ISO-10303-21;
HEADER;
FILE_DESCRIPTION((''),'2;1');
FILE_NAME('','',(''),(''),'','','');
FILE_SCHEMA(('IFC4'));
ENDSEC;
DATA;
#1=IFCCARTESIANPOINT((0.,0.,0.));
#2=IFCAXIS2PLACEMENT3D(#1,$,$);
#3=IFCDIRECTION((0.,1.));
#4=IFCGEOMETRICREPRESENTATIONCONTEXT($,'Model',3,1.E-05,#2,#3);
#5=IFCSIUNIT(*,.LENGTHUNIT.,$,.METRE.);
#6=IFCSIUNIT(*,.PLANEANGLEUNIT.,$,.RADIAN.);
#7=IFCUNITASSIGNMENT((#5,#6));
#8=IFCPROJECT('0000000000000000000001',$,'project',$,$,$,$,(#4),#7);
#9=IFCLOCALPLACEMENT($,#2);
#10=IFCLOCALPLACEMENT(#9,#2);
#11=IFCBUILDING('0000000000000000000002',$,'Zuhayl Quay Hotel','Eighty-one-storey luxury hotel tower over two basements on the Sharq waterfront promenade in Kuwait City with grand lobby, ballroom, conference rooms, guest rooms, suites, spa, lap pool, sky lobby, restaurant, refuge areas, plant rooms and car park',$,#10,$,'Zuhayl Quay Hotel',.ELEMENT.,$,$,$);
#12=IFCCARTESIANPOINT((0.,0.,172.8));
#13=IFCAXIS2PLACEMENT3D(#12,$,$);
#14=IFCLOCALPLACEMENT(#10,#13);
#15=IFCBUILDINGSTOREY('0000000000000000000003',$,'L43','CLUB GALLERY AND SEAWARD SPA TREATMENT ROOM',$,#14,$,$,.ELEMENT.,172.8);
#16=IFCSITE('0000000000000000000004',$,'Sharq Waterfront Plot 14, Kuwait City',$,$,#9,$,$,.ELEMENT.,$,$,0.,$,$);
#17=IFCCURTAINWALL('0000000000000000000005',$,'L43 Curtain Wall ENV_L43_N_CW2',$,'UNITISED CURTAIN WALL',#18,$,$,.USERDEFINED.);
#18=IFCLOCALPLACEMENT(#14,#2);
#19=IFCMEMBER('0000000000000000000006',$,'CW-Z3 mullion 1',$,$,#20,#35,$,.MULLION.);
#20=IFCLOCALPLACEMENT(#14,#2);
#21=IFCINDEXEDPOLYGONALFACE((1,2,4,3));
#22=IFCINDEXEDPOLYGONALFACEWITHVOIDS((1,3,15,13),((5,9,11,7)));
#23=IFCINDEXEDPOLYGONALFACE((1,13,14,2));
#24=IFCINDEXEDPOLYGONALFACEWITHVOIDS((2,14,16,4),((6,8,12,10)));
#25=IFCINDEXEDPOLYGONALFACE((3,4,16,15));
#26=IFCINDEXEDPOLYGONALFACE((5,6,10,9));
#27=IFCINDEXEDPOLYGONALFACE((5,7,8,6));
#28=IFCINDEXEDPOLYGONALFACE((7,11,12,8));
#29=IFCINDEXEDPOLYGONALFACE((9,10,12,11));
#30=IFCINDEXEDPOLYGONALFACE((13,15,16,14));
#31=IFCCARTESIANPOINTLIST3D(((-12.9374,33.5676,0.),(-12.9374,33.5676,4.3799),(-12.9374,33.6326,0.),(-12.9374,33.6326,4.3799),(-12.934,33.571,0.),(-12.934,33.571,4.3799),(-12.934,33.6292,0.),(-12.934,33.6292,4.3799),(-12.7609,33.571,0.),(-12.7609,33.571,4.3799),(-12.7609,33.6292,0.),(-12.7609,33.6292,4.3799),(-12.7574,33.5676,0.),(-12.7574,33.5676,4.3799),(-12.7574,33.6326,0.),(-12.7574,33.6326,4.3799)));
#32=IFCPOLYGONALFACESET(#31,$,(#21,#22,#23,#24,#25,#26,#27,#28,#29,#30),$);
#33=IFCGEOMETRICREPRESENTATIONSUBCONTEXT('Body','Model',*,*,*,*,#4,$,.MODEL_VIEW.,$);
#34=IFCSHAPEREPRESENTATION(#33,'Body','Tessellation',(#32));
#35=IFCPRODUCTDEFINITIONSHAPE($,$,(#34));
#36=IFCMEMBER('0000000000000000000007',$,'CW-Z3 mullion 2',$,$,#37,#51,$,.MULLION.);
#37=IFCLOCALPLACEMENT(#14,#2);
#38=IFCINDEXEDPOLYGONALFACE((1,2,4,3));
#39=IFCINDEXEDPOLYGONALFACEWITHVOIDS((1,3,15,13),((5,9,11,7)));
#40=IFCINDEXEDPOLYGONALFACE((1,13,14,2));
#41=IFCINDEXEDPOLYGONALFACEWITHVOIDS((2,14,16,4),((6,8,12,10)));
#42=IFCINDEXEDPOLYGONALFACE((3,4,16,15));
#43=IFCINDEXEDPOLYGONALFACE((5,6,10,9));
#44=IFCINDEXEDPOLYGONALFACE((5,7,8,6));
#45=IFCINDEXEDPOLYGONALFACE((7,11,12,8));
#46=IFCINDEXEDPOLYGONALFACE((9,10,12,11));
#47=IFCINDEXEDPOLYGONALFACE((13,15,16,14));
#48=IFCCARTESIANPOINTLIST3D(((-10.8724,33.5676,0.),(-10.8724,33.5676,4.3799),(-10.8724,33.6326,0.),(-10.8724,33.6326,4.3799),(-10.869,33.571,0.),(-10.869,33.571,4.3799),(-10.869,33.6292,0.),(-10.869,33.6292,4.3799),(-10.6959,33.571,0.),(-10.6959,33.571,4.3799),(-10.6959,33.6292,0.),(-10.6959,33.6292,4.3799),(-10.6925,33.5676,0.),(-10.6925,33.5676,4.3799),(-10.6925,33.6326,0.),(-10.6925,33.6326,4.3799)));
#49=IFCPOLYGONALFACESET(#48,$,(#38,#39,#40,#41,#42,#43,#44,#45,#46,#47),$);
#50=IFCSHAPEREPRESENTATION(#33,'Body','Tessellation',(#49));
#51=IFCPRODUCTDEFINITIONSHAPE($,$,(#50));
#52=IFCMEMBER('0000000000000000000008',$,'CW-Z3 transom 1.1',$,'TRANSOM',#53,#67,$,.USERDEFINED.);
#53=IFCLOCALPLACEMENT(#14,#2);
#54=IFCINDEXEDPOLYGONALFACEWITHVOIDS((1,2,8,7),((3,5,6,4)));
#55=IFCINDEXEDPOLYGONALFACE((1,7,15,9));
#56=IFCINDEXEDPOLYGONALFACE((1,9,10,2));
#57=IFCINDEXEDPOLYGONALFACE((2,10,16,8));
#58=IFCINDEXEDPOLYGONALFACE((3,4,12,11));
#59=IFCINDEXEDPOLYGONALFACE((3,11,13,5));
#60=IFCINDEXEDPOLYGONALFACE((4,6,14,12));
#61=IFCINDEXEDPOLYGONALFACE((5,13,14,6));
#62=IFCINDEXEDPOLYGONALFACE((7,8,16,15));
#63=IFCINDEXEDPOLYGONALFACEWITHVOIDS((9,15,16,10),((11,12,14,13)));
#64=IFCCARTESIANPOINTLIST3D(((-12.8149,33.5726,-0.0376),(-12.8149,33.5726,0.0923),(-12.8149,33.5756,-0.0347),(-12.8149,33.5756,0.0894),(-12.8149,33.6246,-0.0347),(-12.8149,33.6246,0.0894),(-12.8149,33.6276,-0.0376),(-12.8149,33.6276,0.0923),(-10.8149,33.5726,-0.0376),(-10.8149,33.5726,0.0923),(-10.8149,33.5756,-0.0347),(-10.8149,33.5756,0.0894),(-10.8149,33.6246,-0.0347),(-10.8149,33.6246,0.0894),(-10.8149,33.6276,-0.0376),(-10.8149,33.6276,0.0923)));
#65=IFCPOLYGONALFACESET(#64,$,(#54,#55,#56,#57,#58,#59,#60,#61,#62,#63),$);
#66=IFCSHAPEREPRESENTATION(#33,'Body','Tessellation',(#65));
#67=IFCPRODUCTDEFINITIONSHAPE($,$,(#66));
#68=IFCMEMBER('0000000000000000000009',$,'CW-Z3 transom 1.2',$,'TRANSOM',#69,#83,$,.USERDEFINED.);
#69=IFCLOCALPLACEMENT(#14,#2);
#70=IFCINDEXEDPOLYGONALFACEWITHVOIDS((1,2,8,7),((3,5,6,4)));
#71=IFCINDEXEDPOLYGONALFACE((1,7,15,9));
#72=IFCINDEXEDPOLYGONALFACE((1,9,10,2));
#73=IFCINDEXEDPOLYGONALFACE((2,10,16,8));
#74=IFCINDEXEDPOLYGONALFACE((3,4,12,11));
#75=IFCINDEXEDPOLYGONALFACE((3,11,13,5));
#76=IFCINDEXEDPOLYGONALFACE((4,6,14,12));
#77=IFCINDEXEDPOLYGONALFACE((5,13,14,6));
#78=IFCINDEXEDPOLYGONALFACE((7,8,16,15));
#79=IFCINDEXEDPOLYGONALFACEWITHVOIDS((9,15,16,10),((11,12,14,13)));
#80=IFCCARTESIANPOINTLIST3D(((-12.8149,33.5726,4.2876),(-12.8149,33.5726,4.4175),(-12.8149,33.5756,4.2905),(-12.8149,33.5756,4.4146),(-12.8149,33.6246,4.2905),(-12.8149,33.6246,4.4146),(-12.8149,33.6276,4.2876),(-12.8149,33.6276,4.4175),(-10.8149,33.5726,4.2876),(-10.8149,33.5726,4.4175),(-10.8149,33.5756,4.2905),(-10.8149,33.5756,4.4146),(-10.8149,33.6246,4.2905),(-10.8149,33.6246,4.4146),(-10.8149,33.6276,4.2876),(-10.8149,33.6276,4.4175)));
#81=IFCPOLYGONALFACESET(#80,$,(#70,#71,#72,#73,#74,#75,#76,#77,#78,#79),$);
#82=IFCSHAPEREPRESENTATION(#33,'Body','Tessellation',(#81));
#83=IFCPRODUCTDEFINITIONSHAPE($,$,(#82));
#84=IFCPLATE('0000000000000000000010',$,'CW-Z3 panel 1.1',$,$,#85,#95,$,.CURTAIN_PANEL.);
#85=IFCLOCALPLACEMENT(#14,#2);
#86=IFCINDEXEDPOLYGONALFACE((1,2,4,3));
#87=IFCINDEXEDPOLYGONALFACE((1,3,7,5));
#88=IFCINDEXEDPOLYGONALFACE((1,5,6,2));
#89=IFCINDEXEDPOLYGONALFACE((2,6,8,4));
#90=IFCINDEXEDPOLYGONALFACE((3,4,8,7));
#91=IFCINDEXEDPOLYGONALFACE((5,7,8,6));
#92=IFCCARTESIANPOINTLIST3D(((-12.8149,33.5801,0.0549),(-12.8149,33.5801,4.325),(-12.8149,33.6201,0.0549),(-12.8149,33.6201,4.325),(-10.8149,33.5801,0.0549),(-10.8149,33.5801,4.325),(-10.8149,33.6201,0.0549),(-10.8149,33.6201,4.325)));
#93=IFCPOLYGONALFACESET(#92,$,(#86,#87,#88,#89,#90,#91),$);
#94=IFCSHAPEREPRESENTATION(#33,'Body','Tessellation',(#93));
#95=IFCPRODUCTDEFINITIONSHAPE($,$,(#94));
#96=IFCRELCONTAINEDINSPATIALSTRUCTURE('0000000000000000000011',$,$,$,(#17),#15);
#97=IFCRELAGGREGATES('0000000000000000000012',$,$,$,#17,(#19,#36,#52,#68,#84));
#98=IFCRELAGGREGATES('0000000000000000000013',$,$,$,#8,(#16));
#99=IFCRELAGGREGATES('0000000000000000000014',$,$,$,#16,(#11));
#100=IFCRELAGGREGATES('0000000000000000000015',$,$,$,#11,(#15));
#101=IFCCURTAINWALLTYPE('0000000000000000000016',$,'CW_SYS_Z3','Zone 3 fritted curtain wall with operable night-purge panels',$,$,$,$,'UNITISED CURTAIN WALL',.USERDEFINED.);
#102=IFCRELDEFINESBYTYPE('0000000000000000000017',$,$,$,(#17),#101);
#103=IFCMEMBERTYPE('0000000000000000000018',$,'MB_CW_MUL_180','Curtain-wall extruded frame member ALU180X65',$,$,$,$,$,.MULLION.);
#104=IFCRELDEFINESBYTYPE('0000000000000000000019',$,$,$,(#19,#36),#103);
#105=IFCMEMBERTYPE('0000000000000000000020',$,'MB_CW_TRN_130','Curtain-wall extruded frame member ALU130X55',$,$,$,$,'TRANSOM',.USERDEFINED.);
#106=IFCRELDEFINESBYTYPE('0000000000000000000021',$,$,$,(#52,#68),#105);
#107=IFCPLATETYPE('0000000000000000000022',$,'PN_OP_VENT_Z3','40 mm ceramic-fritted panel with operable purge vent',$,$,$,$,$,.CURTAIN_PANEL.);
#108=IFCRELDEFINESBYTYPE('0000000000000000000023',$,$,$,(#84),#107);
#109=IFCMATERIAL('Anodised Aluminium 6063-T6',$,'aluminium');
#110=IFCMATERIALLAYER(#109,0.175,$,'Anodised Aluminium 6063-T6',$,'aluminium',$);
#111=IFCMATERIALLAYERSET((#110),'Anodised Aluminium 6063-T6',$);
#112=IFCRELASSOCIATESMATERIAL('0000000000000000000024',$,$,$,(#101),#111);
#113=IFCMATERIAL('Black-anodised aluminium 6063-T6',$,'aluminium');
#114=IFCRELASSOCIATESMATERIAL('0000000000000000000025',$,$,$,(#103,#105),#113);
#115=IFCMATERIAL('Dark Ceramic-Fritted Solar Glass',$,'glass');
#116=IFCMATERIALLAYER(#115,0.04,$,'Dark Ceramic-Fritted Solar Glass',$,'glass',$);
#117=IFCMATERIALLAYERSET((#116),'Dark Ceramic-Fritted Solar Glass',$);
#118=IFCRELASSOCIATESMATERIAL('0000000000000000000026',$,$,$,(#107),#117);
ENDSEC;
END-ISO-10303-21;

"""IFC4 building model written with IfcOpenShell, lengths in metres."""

from ifc_helpers import new_model, si_unit, direction, frame, origin, origin_2d, place, context, subcontext, project, spatial, rectangle, hollow_rectangle, extrude, material, layer, layer_set, material_profile, profile_set, type_object, element, aggregate, save


model = new_model("IFC4")

# Units and contexts
model_context = context("Model", 3, precision=1e-05, world=origin(), true_north=direction((0.0, 1.0)))
body_context = subcontext(model_context, "Body", "Model", "MODEL_VIEW")
ifc_project = project(units=[si_unit("LENGTHUNIT", "METRE"), si_unit("PLANEANGLEUNIT", "RADIAN")], contexts=[model_context])

# Site, building, storey
site_placement = place(None, origin())
site = spatial("IfcSite", under=ifc_project, at=site_placement, Name="Sharq Waterfront Plot 14, Kuwait City", CompositionType="ELEMENT", RefElevation=0.0)
building_placement = place(site_placement, origin())
building = spatial("IfcBuilding", under=site, at=building_placement, Name="Zuhayl Quay Hotel", Description="Eighty-one-storey luxury hotel tower over two basements on the Sharq waterfront promenade in Kuwait City with grand lobby, ballroom, conference rooms, guest rooms, suites, spa, lap pool, sky lobby, restaurant, refuge areas, plant rooms and car park", LongName="Zuhayl Quay Hotel", CompositionType="ELEMENT")
storey_placement = place(building_placement, frame((0.0, 0.0, 172.8)))
storey = spatial("IfcBuildingStorey", under=building, at=storey_placement, Name="L43", Description="CLUB GALLERY AND SEAWARD SPA TREATMENT ROOM", CompositionType="ELEMENT", Elevation=172.8)

# Curtain wall, members, plate
ifc_material_1 = material(Name="Anodised Aluminium 6063-T6", Category="aluminium")
ifc_layer_1 = layer(ifc_material_1, 0.175, Name="Anodised Aluminium 6063-T6", Category="aluminium")
ifc_layer_set_1 = layer_set([ifc_layer_1], Name="Anodised Aluminium 6063-T6")
curtain_wall_type = type_object("IfcCurtainWallType", Name="CW_SYS_Z3", Description="Zone 3 fritted curtain wall with operable night-purge panels", ElementType="UNITISED CURTAIN WALL", PredefinedType="USERDEFINED", material=ifc_layer_set_1)
curtain_wall_placement = place(storey_placement, origin())
curtain_wall = element("IfcCurtainWall", 1, at=curtain_wall_placement, inside=storey, type_object=curtain_wall_type, Name="L43 Curtain Wall ENV_L43_N_CW2", ObjectType="UNITISED CURTAIN WALL", PredefinedType="USERDEFINED")
ifc_material_2 = material(Name="Black-anodised aluminium 6063-T6", Category="aluminium")
ifc_material_profile_1 = material_profile(ifc_material_2, hollow_rectangle(XDim=0.0649, YDim=0.1799, WallThickness=0.0034, at=origin_2d()), Name="ALU180X65")
ifc_profile_set_1 = profile_set([ifc_material_profile_1], Name="Black-anodised aluminium 6063-T6")
member_type_1 = type_object("IfcMemberType", Name="MB_CW_MUL_180", Description="Curtain-wall extruded frame member ALU180X65", PredefinedType="MULLION", material=ifc_profile_set_1)
member_1_placement = place(storey_placement, frame((-12.8474, 33.6001, 0.0), z_axis=(0.0, 0.0, 1.0), x_axis=(0.0, 1.0, 0.0)))
member_1 = element("IfcMember", 2, at=member_1_placement, type_object=member_type_1, Name="CW-Z3 mullion 1", PredefinedType="MULLION", context=body_context, shape_type="SweptSolid", body=[
    extrude(hollow_rectangle(XDim=0.0649, YDim=0.1799, WallThickness=0.0034, at=origin_2d()), origin(), (0.0, 0.0, 1.0), 4.3799),
])
member_2_placement = place(storey_placement, frame((-10.7825, 33.6001, 0.0), z_axis=(0.0, 0.0, 1.0), x_axis=(0.0, 1.0, 0.0)))
member_2 = element("IfcMember", 3, at=member_2_placement, type_object=member_type_1, Name="CW-Z3 mullion 2", PredefinedType="MULLION", context=body_context, shape_type="SweptSolid", body=[
    extrude(hollow_rectangle(XDim=0.0649, YDim=0.1799, WallThickness=0.0034, at=origin_2d()), origin(), (0.0, 0.0, 1.0), 4.3799),
])
ifc_material_profile_2 = material_profile(ifc_material_2, hollow_rectangle(XDim=0.0549, YDim=0.1299, WallThickness=0.0029, at=origin_2d()), Name="ALU130X55")
ifc_profile_set_2 = profile_set([ifc_material_profile_2], Name="Black-anodised aluminium 6063-T6")
member_type_2 = type_object("IfcMemberType", Name="MB_CW_TRN_130", Description="Curtain-wall extruded frame member ALU130X55", ElementType="TRANSOM", PredefinedType="USERDEFINED", material=ifc_profile_set_2)
member_3_placement = place(storey_placement, frame((-12.8149, 33.6001, 0.0273), z_axis=(1.0, 0.0, 0.0), x_axis=(0.0, 1.0, 0.0)))
member_3 = element("IfcMember", 4, at=member_3_placement, type_object=member_type_2, Name="CW-Z3 transom 1.1", ObjectType="TRANSOM", PredefinedType="USERDEFINED", context=body_context, shape_type="SweptSolid", body=[
    extrude(hollow_rectangle(XDim=0.0549, YDim=0.1299, WallThickness=0.0029, at=origin_2d()), origin(), (0.0, 0.0, 1.0), 2.0),
])
member_4_placement = place(storey_placement, frame((-12.8149, 33.6001, 4.3525), z_axis=(1.0, 0.0, 0.0), x_axis=(0.0, 1.0, 0.0)))
member_4 = element("IfcMember", 5, at=member_4_placement, type_object=member_type_2, Name="CW-Z3 transom 1.2", ObjectType="TRANSOM", PredefinedType="USERDEFINED", context=body_context, shape_type="SweptSolid", body=[
    extrude(hollow_rectangle(XDim=0.0549, YDim=0.1299, WallThickness=0.0029, at=origin_2d()), origin(), (0.0, 0.0, 1.0), 2.0),
])
ifc_material_3 = material(Name="Dark Ceramic-Fritted Solar Glass", Category="glass")
ifc_layer_2 = layer(ifc_material_3, 0.04, Name="Dark Ceramic-Fritted Solar Glass", Category="glass")
ifc_layer_set_2 = layer_set([ifc_layer_2], Name="Dark Ceramic-Fritted Solar Glass")
plate_type = type_object("IfcPlateType", Name="PN_OP_VENT_Z3", Description="40 mm ceramic-fritted panel with operable purge vent", PredefinedType="CURTAIN_PANEL", material=ifc_layer_set_2)
plate_placement = place(storey_placement, frame((-11.8149, 33.6001, 0.0549), z_axis=(0.0, 0.0, 1.0), x_axis=(1.0, 0.0, 0.0)))
plate = element("IfcPlate", 6, at=plate_placement, type_object=plate_type, Name="CW-Z3 panel 1.1", PredefinedType="CURTAIN_PANEL", context=body_context, shape_type="SweptSolid", body=[
    extrude(rectangle(XDim=2.0, YDim=0.04, at=origin_2d()), origin(), (0.0, 0.0, 1.0), 4.27),
])
aggregate(curtain_wall, [member_1, member_2, member_3, member_4, plate])

save(model, "model.ifc")
